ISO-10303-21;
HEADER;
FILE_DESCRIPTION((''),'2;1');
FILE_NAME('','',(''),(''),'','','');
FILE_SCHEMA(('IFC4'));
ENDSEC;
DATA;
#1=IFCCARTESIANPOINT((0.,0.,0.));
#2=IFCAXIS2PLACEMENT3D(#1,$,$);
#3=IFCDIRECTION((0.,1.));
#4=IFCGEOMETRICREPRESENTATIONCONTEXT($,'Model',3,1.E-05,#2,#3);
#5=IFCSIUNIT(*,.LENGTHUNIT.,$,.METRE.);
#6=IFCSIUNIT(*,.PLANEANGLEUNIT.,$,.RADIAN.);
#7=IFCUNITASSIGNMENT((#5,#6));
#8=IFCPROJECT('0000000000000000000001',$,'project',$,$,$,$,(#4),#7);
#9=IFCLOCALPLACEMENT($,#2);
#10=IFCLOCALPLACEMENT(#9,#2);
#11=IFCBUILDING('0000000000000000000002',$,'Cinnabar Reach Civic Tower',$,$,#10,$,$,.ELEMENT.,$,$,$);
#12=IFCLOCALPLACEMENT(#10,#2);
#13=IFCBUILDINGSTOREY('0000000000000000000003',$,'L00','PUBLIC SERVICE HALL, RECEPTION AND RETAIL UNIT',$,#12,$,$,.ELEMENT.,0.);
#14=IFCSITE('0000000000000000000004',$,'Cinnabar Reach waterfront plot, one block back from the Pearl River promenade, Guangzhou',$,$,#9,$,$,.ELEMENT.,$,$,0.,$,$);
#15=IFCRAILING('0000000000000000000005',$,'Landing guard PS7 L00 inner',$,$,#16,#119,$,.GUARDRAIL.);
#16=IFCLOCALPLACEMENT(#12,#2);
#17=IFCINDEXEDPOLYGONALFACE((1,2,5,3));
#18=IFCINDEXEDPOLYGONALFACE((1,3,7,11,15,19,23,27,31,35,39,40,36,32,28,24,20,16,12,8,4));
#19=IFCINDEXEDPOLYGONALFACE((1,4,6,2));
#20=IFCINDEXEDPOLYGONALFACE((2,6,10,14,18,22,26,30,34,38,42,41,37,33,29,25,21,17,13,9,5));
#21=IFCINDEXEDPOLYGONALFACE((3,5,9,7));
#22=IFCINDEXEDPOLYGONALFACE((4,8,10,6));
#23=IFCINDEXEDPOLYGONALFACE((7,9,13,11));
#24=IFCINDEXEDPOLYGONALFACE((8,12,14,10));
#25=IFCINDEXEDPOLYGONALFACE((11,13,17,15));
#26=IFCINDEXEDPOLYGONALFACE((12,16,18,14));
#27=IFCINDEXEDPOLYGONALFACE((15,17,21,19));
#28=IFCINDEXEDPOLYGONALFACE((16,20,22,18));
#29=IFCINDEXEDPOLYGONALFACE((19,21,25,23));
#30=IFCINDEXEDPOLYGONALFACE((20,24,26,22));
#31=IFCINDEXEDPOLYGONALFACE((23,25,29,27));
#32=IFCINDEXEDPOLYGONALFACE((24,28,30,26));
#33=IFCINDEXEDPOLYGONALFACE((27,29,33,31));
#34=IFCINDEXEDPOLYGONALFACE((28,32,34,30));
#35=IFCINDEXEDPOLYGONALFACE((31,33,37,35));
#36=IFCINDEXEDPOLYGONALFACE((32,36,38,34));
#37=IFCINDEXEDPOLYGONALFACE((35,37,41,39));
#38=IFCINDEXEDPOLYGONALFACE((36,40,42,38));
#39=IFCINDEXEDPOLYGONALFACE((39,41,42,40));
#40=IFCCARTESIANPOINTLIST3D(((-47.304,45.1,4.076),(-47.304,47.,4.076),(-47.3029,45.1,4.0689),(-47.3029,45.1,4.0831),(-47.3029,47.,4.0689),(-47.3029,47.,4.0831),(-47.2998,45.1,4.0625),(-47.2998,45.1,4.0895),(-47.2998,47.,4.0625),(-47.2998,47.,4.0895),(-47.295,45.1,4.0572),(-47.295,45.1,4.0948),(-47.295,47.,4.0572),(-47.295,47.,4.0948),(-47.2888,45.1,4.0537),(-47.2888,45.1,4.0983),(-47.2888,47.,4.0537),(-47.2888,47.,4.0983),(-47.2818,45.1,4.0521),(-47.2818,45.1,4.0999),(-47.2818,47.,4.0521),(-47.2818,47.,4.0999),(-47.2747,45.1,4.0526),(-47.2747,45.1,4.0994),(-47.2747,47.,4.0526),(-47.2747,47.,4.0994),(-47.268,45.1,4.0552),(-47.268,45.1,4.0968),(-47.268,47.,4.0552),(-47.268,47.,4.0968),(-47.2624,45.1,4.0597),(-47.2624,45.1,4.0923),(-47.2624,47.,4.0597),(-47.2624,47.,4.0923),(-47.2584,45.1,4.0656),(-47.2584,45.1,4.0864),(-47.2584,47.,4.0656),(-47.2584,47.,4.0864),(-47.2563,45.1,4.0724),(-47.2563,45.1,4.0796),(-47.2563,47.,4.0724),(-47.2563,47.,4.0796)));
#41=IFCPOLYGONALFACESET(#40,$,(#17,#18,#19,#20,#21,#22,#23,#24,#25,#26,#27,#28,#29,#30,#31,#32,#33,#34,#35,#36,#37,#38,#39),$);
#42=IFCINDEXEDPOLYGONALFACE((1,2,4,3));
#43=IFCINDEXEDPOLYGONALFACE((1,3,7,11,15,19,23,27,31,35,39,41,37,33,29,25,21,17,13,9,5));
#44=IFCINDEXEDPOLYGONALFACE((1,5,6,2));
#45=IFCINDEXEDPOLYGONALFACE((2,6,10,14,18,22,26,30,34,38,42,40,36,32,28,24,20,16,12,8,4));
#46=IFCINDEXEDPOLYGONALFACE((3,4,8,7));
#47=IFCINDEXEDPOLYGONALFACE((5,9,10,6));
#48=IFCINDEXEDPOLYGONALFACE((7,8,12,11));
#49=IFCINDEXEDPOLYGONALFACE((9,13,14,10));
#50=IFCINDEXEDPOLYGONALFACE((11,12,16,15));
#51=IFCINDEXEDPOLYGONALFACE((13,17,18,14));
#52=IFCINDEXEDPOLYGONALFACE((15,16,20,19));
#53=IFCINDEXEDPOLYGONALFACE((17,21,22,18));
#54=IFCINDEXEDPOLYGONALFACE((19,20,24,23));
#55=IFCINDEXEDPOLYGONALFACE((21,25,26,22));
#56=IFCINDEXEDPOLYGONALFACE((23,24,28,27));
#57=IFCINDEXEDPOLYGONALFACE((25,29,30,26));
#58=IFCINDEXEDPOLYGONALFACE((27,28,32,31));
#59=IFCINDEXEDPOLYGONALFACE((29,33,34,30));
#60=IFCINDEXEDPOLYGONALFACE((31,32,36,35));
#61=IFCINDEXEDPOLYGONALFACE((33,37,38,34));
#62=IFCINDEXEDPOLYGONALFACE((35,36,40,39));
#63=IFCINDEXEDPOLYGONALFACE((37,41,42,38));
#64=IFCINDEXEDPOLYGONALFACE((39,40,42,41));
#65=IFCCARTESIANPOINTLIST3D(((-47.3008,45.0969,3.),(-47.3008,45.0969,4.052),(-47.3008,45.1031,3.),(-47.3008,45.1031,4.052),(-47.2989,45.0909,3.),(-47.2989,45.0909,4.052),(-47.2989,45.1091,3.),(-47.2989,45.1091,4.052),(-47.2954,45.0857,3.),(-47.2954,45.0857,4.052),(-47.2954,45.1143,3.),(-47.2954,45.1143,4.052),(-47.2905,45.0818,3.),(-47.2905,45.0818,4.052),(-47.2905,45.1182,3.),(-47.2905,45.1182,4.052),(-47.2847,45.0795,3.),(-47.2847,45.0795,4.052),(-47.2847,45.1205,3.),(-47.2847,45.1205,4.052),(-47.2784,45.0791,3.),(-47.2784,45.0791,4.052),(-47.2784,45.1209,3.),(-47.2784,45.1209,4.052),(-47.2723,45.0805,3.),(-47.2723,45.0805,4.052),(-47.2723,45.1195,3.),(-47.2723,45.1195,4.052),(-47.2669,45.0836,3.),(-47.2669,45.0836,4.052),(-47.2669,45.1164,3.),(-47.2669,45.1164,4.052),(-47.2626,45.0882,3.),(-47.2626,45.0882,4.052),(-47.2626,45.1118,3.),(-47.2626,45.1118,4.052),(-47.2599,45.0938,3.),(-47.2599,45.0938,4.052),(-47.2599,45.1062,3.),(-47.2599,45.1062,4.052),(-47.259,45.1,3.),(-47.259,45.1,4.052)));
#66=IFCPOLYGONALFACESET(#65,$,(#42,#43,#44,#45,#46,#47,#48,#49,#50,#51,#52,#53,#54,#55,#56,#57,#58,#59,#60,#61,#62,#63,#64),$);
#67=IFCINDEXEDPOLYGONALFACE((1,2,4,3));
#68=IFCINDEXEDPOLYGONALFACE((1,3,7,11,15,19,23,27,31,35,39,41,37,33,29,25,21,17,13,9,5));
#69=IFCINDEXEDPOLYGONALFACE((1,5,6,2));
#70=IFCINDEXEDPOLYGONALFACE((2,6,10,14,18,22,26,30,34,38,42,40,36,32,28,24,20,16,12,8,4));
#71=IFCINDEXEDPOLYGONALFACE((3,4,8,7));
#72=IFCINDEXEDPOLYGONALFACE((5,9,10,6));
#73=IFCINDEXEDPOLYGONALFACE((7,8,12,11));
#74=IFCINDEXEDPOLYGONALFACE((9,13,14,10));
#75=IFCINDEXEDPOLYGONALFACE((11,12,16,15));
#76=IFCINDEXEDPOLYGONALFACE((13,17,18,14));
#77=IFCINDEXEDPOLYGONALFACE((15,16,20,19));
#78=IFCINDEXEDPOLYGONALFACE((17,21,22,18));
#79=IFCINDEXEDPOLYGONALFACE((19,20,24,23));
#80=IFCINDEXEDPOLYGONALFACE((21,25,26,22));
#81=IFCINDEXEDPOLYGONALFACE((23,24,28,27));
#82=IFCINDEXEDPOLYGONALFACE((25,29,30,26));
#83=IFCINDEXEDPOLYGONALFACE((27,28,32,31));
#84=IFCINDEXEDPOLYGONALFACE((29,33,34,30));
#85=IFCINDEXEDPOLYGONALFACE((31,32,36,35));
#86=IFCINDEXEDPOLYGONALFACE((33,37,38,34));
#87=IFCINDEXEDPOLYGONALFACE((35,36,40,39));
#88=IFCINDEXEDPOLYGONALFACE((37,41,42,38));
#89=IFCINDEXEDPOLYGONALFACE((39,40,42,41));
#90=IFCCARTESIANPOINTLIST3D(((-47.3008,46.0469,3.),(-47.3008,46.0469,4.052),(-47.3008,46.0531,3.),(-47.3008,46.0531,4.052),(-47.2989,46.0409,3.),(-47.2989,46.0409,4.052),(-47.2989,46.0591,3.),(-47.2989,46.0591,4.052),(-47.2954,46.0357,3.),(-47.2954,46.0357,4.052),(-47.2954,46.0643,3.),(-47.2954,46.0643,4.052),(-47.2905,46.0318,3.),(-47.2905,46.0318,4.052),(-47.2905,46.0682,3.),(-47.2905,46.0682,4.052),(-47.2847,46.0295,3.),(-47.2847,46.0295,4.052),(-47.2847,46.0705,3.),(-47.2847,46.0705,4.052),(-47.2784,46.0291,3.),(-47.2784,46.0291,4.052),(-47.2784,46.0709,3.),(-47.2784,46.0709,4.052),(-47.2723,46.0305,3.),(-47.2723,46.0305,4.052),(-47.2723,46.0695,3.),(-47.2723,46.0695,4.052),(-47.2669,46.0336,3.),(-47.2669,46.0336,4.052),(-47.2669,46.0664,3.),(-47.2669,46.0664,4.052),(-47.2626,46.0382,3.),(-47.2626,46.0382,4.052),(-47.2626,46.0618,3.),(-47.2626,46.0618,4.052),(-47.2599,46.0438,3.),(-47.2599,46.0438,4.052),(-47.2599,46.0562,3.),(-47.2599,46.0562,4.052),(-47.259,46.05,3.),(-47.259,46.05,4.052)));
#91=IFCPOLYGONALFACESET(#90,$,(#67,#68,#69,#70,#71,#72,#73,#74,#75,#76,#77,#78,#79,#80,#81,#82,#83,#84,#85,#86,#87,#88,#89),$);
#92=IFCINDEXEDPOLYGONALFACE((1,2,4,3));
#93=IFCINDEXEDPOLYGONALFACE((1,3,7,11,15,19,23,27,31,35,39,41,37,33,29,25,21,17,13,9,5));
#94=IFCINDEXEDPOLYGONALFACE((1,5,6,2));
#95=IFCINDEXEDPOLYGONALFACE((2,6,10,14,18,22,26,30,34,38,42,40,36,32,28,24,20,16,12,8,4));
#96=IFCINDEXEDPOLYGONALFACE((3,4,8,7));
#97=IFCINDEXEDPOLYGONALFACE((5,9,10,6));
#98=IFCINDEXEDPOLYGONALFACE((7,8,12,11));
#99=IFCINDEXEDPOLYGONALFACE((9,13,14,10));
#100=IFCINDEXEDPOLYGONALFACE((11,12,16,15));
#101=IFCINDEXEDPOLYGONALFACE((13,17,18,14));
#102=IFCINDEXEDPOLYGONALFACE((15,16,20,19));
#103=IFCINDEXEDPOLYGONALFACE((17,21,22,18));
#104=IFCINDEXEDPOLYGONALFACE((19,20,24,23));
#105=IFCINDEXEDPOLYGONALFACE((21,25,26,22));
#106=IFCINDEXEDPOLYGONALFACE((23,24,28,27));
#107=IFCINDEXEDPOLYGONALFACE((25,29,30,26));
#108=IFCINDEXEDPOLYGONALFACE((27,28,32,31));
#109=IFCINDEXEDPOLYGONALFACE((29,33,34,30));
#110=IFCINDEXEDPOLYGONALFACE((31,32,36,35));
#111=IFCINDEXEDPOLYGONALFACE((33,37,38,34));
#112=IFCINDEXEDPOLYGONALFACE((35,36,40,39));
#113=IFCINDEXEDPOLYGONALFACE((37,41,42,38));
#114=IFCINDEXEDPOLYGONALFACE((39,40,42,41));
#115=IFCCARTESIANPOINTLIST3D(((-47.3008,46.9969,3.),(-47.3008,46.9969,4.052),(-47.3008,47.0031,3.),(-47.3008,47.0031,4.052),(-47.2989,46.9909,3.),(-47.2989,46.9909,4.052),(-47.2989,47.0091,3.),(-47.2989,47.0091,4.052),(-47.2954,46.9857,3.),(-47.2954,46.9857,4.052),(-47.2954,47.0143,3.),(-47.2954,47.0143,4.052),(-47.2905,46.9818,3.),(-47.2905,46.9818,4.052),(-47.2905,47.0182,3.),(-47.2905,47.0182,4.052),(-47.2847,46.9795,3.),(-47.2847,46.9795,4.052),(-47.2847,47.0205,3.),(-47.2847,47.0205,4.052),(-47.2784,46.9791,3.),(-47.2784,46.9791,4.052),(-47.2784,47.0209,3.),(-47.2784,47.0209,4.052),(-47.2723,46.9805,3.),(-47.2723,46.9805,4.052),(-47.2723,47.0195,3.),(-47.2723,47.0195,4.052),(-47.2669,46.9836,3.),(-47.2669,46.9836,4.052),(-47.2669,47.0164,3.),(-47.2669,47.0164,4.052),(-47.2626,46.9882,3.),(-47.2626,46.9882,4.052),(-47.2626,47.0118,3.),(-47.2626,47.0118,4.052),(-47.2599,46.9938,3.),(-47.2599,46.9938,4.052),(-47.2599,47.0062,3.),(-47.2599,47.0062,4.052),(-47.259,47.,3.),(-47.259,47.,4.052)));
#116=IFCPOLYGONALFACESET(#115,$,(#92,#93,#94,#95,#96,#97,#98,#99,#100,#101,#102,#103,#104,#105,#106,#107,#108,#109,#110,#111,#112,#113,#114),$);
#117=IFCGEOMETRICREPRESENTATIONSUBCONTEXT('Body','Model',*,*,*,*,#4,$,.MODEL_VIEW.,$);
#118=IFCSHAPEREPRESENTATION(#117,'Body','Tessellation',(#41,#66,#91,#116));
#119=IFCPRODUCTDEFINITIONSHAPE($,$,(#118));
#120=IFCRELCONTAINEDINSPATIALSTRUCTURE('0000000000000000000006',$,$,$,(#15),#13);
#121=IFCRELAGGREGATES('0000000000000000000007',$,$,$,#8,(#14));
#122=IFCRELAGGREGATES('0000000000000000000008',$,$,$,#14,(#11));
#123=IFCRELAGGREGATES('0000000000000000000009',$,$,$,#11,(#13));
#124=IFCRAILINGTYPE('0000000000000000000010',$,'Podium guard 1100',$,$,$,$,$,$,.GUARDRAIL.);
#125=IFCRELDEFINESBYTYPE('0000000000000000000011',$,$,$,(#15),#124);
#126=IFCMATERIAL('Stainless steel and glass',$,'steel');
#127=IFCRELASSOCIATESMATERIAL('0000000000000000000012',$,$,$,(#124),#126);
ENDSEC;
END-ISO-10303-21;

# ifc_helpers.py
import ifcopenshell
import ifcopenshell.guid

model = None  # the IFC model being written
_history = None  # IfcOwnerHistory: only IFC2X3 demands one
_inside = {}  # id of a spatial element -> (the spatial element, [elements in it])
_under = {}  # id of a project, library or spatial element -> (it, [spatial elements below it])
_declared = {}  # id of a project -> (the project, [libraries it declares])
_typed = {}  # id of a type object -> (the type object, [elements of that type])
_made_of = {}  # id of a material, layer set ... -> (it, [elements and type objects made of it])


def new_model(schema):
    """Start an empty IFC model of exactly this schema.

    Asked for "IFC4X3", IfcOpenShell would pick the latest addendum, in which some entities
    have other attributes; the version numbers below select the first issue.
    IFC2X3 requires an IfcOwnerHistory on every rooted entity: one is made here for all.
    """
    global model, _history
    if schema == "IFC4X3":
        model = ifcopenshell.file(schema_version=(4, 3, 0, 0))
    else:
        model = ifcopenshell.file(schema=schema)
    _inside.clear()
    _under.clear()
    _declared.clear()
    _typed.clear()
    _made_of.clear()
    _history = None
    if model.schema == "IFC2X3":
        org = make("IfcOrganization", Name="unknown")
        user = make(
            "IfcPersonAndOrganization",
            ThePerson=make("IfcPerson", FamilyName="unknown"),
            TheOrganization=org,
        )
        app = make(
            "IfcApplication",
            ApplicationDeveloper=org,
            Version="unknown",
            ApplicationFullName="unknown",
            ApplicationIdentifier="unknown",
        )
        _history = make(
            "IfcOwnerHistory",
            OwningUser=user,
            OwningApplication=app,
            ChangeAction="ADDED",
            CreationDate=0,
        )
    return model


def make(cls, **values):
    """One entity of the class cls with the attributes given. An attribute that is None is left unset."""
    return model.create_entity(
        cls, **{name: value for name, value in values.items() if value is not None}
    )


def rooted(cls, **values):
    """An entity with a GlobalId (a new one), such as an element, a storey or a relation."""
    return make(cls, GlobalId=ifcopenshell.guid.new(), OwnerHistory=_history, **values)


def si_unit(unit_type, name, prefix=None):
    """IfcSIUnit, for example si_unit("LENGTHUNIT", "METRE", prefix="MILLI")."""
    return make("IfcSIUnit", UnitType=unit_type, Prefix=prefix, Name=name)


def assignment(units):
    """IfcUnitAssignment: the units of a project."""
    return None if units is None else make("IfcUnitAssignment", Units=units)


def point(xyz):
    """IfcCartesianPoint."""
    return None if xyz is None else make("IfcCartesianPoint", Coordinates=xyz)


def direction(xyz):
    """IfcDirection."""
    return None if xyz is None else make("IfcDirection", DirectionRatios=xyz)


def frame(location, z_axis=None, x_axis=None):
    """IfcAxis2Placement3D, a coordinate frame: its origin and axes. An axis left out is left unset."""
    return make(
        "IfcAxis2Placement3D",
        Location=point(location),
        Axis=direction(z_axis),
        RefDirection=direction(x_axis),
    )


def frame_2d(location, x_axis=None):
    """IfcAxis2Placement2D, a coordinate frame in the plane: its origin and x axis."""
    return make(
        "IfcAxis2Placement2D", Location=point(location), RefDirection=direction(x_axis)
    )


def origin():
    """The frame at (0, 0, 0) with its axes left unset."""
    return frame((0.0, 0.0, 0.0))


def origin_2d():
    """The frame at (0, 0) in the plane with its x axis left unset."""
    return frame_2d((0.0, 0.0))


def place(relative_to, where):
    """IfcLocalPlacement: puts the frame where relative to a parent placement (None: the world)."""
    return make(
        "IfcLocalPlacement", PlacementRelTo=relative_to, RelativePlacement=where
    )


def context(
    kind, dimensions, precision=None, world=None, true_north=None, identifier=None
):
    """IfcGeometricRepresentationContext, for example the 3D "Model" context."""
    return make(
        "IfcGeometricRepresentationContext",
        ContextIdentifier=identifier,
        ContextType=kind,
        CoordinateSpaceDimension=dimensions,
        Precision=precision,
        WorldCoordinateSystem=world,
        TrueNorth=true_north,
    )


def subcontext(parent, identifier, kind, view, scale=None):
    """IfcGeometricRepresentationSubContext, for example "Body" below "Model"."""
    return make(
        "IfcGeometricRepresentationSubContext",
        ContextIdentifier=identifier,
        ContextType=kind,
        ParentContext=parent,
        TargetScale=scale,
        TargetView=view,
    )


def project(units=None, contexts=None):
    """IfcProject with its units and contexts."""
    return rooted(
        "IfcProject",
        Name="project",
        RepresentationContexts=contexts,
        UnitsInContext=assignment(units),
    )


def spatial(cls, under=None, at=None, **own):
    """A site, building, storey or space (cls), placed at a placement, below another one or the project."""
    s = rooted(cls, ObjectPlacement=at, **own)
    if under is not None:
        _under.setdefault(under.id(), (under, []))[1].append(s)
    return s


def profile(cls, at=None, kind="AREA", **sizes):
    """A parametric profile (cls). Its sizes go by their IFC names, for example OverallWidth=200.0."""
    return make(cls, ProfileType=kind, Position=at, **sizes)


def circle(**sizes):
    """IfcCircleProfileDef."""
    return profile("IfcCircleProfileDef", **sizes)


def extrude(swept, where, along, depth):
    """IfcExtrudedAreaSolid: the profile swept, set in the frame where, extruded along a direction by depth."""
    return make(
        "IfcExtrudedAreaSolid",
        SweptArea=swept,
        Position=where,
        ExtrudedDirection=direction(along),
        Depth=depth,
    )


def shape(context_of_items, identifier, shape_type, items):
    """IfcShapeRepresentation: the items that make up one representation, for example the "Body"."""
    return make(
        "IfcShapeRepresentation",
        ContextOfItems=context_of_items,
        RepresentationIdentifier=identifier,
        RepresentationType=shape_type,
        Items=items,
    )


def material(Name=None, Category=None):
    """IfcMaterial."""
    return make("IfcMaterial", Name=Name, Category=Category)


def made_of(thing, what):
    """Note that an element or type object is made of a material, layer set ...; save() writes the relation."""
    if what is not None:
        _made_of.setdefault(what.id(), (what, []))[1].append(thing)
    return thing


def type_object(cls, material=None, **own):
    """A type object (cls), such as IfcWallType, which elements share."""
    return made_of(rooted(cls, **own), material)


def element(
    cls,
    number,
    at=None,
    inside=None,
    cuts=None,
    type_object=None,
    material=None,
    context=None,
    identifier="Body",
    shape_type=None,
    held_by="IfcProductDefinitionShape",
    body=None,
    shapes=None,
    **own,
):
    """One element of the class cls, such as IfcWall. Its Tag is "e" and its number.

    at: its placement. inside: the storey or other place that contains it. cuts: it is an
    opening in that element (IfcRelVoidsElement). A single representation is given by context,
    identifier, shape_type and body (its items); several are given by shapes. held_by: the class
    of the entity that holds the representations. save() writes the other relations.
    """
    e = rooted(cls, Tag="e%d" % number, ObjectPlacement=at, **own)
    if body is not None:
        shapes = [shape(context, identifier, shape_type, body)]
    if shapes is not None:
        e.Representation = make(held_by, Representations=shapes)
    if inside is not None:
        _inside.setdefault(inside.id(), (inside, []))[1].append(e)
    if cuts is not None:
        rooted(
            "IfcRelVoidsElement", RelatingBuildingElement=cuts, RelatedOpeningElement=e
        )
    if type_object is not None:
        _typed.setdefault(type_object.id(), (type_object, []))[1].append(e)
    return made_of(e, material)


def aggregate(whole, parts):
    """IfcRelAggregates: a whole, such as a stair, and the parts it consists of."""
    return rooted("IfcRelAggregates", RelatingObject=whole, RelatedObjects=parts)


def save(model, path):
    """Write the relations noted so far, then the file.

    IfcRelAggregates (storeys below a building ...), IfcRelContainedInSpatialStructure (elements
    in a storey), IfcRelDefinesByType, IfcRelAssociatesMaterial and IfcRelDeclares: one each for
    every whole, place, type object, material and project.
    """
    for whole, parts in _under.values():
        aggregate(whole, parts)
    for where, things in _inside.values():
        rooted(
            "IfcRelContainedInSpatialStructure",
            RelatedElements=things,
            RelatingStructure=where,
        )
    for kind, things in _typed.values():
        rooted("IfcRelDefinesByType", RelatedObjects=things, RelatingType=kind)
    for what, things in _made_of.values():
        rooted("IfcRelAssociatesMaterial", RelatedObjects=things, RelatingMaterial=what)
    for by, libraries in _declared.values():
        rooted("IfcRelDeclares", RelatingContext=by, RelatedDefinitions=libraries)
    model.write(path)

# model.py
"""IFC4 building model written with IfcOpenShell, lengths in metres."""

from ifc_helpers import new_model, si_unit, direction, frame, origin, origin_2d, place, context, subcontext, project, spatial, circle, extrude, material, type_object, element, save


model = new_model("IFC4")

# Units and contexts
model_context = context("Model", 3, precision=1e-05, world=origin(), true_north=direction((0.0, 1.0)))
body_context = subcontext(model_context, "Body", "Model", "MODEL_VIEW")
ifc_project = project(units=[si_unit("LENGTHUNIT", "METRE"), si_unit("PLANEANGLEUNIT", "RADIAN")], contexts=[model_context])

# Site, building, storey
site_placement = place(None, origin())
site = spatial("IfcSite", under=ifc_project, at=site_placement, Name="Cinnabar Reach waterfront plot, one block back from the Pearl River promenade, Guangzhou", CompositionType="ELEMENT", RefElevation=0.0)
building_placement = place(site_placement, origin())
building = spatial("IfcBuilding", under=site, at=building_placement, Name="Cinnabar Reach Civic Tower", CompositionType="ELEMENT")
storey_placement = place(building_placement, origin())
storey = spatial("IfcBuildingStorey", under=building, at=storey_placement, Name="L00", Description="PUBLIC SERVICE HALL, RECEPTION AND RETAIL UNIT", CompositionType="ELEMENT", Elevation=0.0)

# Railing
ifc_material_1 = material(Name="Stainless steel and glass", Category="steel")
railing_type_1 = type_object("IfcRailingType", Name="Podium guard 1100", PredefinedType="GUARDRAIL", material=ifc_material_1)
railing_1_placement = place(storey_placement, frame((-47.28, 45.1, 3.0)))
element("IfcRailing", 1, at=railing_1_placement, inside=storey, type_object=railing_type_1, Name="Landing guard PS7 L00 inner", PredefinedType="GUARDRAIL", context=body_context, shape_type="SweptSolid", body=[
    extrude(circle(Radius=0.024, at=origin_2d()), frame((0.0, 0.0, 1.076), z_axis=(0.0, 1.0, 0.0), x_axis=(-1.0, 0.0, 0.0)), (0.0, 0.0, 1.0), 1.9),
    extrude(circle(Radius=0.021, at=origin_2d()), origin(), (0.0, 0.0, 1.0), 1.052),
    extrude(circle(Radius=0.021, at=origin_2d()), frame((0.0, 0.95, 0.0)), (0.0, 0.0, 1.0), 1.052),
    extrude(circle(Radius=0.021, at=origin_2d()), frame((0.0, 1.9, 0.0)), (0.0, 0.0, 1.0), 1.052),
])

save(model, "model.ifc")
